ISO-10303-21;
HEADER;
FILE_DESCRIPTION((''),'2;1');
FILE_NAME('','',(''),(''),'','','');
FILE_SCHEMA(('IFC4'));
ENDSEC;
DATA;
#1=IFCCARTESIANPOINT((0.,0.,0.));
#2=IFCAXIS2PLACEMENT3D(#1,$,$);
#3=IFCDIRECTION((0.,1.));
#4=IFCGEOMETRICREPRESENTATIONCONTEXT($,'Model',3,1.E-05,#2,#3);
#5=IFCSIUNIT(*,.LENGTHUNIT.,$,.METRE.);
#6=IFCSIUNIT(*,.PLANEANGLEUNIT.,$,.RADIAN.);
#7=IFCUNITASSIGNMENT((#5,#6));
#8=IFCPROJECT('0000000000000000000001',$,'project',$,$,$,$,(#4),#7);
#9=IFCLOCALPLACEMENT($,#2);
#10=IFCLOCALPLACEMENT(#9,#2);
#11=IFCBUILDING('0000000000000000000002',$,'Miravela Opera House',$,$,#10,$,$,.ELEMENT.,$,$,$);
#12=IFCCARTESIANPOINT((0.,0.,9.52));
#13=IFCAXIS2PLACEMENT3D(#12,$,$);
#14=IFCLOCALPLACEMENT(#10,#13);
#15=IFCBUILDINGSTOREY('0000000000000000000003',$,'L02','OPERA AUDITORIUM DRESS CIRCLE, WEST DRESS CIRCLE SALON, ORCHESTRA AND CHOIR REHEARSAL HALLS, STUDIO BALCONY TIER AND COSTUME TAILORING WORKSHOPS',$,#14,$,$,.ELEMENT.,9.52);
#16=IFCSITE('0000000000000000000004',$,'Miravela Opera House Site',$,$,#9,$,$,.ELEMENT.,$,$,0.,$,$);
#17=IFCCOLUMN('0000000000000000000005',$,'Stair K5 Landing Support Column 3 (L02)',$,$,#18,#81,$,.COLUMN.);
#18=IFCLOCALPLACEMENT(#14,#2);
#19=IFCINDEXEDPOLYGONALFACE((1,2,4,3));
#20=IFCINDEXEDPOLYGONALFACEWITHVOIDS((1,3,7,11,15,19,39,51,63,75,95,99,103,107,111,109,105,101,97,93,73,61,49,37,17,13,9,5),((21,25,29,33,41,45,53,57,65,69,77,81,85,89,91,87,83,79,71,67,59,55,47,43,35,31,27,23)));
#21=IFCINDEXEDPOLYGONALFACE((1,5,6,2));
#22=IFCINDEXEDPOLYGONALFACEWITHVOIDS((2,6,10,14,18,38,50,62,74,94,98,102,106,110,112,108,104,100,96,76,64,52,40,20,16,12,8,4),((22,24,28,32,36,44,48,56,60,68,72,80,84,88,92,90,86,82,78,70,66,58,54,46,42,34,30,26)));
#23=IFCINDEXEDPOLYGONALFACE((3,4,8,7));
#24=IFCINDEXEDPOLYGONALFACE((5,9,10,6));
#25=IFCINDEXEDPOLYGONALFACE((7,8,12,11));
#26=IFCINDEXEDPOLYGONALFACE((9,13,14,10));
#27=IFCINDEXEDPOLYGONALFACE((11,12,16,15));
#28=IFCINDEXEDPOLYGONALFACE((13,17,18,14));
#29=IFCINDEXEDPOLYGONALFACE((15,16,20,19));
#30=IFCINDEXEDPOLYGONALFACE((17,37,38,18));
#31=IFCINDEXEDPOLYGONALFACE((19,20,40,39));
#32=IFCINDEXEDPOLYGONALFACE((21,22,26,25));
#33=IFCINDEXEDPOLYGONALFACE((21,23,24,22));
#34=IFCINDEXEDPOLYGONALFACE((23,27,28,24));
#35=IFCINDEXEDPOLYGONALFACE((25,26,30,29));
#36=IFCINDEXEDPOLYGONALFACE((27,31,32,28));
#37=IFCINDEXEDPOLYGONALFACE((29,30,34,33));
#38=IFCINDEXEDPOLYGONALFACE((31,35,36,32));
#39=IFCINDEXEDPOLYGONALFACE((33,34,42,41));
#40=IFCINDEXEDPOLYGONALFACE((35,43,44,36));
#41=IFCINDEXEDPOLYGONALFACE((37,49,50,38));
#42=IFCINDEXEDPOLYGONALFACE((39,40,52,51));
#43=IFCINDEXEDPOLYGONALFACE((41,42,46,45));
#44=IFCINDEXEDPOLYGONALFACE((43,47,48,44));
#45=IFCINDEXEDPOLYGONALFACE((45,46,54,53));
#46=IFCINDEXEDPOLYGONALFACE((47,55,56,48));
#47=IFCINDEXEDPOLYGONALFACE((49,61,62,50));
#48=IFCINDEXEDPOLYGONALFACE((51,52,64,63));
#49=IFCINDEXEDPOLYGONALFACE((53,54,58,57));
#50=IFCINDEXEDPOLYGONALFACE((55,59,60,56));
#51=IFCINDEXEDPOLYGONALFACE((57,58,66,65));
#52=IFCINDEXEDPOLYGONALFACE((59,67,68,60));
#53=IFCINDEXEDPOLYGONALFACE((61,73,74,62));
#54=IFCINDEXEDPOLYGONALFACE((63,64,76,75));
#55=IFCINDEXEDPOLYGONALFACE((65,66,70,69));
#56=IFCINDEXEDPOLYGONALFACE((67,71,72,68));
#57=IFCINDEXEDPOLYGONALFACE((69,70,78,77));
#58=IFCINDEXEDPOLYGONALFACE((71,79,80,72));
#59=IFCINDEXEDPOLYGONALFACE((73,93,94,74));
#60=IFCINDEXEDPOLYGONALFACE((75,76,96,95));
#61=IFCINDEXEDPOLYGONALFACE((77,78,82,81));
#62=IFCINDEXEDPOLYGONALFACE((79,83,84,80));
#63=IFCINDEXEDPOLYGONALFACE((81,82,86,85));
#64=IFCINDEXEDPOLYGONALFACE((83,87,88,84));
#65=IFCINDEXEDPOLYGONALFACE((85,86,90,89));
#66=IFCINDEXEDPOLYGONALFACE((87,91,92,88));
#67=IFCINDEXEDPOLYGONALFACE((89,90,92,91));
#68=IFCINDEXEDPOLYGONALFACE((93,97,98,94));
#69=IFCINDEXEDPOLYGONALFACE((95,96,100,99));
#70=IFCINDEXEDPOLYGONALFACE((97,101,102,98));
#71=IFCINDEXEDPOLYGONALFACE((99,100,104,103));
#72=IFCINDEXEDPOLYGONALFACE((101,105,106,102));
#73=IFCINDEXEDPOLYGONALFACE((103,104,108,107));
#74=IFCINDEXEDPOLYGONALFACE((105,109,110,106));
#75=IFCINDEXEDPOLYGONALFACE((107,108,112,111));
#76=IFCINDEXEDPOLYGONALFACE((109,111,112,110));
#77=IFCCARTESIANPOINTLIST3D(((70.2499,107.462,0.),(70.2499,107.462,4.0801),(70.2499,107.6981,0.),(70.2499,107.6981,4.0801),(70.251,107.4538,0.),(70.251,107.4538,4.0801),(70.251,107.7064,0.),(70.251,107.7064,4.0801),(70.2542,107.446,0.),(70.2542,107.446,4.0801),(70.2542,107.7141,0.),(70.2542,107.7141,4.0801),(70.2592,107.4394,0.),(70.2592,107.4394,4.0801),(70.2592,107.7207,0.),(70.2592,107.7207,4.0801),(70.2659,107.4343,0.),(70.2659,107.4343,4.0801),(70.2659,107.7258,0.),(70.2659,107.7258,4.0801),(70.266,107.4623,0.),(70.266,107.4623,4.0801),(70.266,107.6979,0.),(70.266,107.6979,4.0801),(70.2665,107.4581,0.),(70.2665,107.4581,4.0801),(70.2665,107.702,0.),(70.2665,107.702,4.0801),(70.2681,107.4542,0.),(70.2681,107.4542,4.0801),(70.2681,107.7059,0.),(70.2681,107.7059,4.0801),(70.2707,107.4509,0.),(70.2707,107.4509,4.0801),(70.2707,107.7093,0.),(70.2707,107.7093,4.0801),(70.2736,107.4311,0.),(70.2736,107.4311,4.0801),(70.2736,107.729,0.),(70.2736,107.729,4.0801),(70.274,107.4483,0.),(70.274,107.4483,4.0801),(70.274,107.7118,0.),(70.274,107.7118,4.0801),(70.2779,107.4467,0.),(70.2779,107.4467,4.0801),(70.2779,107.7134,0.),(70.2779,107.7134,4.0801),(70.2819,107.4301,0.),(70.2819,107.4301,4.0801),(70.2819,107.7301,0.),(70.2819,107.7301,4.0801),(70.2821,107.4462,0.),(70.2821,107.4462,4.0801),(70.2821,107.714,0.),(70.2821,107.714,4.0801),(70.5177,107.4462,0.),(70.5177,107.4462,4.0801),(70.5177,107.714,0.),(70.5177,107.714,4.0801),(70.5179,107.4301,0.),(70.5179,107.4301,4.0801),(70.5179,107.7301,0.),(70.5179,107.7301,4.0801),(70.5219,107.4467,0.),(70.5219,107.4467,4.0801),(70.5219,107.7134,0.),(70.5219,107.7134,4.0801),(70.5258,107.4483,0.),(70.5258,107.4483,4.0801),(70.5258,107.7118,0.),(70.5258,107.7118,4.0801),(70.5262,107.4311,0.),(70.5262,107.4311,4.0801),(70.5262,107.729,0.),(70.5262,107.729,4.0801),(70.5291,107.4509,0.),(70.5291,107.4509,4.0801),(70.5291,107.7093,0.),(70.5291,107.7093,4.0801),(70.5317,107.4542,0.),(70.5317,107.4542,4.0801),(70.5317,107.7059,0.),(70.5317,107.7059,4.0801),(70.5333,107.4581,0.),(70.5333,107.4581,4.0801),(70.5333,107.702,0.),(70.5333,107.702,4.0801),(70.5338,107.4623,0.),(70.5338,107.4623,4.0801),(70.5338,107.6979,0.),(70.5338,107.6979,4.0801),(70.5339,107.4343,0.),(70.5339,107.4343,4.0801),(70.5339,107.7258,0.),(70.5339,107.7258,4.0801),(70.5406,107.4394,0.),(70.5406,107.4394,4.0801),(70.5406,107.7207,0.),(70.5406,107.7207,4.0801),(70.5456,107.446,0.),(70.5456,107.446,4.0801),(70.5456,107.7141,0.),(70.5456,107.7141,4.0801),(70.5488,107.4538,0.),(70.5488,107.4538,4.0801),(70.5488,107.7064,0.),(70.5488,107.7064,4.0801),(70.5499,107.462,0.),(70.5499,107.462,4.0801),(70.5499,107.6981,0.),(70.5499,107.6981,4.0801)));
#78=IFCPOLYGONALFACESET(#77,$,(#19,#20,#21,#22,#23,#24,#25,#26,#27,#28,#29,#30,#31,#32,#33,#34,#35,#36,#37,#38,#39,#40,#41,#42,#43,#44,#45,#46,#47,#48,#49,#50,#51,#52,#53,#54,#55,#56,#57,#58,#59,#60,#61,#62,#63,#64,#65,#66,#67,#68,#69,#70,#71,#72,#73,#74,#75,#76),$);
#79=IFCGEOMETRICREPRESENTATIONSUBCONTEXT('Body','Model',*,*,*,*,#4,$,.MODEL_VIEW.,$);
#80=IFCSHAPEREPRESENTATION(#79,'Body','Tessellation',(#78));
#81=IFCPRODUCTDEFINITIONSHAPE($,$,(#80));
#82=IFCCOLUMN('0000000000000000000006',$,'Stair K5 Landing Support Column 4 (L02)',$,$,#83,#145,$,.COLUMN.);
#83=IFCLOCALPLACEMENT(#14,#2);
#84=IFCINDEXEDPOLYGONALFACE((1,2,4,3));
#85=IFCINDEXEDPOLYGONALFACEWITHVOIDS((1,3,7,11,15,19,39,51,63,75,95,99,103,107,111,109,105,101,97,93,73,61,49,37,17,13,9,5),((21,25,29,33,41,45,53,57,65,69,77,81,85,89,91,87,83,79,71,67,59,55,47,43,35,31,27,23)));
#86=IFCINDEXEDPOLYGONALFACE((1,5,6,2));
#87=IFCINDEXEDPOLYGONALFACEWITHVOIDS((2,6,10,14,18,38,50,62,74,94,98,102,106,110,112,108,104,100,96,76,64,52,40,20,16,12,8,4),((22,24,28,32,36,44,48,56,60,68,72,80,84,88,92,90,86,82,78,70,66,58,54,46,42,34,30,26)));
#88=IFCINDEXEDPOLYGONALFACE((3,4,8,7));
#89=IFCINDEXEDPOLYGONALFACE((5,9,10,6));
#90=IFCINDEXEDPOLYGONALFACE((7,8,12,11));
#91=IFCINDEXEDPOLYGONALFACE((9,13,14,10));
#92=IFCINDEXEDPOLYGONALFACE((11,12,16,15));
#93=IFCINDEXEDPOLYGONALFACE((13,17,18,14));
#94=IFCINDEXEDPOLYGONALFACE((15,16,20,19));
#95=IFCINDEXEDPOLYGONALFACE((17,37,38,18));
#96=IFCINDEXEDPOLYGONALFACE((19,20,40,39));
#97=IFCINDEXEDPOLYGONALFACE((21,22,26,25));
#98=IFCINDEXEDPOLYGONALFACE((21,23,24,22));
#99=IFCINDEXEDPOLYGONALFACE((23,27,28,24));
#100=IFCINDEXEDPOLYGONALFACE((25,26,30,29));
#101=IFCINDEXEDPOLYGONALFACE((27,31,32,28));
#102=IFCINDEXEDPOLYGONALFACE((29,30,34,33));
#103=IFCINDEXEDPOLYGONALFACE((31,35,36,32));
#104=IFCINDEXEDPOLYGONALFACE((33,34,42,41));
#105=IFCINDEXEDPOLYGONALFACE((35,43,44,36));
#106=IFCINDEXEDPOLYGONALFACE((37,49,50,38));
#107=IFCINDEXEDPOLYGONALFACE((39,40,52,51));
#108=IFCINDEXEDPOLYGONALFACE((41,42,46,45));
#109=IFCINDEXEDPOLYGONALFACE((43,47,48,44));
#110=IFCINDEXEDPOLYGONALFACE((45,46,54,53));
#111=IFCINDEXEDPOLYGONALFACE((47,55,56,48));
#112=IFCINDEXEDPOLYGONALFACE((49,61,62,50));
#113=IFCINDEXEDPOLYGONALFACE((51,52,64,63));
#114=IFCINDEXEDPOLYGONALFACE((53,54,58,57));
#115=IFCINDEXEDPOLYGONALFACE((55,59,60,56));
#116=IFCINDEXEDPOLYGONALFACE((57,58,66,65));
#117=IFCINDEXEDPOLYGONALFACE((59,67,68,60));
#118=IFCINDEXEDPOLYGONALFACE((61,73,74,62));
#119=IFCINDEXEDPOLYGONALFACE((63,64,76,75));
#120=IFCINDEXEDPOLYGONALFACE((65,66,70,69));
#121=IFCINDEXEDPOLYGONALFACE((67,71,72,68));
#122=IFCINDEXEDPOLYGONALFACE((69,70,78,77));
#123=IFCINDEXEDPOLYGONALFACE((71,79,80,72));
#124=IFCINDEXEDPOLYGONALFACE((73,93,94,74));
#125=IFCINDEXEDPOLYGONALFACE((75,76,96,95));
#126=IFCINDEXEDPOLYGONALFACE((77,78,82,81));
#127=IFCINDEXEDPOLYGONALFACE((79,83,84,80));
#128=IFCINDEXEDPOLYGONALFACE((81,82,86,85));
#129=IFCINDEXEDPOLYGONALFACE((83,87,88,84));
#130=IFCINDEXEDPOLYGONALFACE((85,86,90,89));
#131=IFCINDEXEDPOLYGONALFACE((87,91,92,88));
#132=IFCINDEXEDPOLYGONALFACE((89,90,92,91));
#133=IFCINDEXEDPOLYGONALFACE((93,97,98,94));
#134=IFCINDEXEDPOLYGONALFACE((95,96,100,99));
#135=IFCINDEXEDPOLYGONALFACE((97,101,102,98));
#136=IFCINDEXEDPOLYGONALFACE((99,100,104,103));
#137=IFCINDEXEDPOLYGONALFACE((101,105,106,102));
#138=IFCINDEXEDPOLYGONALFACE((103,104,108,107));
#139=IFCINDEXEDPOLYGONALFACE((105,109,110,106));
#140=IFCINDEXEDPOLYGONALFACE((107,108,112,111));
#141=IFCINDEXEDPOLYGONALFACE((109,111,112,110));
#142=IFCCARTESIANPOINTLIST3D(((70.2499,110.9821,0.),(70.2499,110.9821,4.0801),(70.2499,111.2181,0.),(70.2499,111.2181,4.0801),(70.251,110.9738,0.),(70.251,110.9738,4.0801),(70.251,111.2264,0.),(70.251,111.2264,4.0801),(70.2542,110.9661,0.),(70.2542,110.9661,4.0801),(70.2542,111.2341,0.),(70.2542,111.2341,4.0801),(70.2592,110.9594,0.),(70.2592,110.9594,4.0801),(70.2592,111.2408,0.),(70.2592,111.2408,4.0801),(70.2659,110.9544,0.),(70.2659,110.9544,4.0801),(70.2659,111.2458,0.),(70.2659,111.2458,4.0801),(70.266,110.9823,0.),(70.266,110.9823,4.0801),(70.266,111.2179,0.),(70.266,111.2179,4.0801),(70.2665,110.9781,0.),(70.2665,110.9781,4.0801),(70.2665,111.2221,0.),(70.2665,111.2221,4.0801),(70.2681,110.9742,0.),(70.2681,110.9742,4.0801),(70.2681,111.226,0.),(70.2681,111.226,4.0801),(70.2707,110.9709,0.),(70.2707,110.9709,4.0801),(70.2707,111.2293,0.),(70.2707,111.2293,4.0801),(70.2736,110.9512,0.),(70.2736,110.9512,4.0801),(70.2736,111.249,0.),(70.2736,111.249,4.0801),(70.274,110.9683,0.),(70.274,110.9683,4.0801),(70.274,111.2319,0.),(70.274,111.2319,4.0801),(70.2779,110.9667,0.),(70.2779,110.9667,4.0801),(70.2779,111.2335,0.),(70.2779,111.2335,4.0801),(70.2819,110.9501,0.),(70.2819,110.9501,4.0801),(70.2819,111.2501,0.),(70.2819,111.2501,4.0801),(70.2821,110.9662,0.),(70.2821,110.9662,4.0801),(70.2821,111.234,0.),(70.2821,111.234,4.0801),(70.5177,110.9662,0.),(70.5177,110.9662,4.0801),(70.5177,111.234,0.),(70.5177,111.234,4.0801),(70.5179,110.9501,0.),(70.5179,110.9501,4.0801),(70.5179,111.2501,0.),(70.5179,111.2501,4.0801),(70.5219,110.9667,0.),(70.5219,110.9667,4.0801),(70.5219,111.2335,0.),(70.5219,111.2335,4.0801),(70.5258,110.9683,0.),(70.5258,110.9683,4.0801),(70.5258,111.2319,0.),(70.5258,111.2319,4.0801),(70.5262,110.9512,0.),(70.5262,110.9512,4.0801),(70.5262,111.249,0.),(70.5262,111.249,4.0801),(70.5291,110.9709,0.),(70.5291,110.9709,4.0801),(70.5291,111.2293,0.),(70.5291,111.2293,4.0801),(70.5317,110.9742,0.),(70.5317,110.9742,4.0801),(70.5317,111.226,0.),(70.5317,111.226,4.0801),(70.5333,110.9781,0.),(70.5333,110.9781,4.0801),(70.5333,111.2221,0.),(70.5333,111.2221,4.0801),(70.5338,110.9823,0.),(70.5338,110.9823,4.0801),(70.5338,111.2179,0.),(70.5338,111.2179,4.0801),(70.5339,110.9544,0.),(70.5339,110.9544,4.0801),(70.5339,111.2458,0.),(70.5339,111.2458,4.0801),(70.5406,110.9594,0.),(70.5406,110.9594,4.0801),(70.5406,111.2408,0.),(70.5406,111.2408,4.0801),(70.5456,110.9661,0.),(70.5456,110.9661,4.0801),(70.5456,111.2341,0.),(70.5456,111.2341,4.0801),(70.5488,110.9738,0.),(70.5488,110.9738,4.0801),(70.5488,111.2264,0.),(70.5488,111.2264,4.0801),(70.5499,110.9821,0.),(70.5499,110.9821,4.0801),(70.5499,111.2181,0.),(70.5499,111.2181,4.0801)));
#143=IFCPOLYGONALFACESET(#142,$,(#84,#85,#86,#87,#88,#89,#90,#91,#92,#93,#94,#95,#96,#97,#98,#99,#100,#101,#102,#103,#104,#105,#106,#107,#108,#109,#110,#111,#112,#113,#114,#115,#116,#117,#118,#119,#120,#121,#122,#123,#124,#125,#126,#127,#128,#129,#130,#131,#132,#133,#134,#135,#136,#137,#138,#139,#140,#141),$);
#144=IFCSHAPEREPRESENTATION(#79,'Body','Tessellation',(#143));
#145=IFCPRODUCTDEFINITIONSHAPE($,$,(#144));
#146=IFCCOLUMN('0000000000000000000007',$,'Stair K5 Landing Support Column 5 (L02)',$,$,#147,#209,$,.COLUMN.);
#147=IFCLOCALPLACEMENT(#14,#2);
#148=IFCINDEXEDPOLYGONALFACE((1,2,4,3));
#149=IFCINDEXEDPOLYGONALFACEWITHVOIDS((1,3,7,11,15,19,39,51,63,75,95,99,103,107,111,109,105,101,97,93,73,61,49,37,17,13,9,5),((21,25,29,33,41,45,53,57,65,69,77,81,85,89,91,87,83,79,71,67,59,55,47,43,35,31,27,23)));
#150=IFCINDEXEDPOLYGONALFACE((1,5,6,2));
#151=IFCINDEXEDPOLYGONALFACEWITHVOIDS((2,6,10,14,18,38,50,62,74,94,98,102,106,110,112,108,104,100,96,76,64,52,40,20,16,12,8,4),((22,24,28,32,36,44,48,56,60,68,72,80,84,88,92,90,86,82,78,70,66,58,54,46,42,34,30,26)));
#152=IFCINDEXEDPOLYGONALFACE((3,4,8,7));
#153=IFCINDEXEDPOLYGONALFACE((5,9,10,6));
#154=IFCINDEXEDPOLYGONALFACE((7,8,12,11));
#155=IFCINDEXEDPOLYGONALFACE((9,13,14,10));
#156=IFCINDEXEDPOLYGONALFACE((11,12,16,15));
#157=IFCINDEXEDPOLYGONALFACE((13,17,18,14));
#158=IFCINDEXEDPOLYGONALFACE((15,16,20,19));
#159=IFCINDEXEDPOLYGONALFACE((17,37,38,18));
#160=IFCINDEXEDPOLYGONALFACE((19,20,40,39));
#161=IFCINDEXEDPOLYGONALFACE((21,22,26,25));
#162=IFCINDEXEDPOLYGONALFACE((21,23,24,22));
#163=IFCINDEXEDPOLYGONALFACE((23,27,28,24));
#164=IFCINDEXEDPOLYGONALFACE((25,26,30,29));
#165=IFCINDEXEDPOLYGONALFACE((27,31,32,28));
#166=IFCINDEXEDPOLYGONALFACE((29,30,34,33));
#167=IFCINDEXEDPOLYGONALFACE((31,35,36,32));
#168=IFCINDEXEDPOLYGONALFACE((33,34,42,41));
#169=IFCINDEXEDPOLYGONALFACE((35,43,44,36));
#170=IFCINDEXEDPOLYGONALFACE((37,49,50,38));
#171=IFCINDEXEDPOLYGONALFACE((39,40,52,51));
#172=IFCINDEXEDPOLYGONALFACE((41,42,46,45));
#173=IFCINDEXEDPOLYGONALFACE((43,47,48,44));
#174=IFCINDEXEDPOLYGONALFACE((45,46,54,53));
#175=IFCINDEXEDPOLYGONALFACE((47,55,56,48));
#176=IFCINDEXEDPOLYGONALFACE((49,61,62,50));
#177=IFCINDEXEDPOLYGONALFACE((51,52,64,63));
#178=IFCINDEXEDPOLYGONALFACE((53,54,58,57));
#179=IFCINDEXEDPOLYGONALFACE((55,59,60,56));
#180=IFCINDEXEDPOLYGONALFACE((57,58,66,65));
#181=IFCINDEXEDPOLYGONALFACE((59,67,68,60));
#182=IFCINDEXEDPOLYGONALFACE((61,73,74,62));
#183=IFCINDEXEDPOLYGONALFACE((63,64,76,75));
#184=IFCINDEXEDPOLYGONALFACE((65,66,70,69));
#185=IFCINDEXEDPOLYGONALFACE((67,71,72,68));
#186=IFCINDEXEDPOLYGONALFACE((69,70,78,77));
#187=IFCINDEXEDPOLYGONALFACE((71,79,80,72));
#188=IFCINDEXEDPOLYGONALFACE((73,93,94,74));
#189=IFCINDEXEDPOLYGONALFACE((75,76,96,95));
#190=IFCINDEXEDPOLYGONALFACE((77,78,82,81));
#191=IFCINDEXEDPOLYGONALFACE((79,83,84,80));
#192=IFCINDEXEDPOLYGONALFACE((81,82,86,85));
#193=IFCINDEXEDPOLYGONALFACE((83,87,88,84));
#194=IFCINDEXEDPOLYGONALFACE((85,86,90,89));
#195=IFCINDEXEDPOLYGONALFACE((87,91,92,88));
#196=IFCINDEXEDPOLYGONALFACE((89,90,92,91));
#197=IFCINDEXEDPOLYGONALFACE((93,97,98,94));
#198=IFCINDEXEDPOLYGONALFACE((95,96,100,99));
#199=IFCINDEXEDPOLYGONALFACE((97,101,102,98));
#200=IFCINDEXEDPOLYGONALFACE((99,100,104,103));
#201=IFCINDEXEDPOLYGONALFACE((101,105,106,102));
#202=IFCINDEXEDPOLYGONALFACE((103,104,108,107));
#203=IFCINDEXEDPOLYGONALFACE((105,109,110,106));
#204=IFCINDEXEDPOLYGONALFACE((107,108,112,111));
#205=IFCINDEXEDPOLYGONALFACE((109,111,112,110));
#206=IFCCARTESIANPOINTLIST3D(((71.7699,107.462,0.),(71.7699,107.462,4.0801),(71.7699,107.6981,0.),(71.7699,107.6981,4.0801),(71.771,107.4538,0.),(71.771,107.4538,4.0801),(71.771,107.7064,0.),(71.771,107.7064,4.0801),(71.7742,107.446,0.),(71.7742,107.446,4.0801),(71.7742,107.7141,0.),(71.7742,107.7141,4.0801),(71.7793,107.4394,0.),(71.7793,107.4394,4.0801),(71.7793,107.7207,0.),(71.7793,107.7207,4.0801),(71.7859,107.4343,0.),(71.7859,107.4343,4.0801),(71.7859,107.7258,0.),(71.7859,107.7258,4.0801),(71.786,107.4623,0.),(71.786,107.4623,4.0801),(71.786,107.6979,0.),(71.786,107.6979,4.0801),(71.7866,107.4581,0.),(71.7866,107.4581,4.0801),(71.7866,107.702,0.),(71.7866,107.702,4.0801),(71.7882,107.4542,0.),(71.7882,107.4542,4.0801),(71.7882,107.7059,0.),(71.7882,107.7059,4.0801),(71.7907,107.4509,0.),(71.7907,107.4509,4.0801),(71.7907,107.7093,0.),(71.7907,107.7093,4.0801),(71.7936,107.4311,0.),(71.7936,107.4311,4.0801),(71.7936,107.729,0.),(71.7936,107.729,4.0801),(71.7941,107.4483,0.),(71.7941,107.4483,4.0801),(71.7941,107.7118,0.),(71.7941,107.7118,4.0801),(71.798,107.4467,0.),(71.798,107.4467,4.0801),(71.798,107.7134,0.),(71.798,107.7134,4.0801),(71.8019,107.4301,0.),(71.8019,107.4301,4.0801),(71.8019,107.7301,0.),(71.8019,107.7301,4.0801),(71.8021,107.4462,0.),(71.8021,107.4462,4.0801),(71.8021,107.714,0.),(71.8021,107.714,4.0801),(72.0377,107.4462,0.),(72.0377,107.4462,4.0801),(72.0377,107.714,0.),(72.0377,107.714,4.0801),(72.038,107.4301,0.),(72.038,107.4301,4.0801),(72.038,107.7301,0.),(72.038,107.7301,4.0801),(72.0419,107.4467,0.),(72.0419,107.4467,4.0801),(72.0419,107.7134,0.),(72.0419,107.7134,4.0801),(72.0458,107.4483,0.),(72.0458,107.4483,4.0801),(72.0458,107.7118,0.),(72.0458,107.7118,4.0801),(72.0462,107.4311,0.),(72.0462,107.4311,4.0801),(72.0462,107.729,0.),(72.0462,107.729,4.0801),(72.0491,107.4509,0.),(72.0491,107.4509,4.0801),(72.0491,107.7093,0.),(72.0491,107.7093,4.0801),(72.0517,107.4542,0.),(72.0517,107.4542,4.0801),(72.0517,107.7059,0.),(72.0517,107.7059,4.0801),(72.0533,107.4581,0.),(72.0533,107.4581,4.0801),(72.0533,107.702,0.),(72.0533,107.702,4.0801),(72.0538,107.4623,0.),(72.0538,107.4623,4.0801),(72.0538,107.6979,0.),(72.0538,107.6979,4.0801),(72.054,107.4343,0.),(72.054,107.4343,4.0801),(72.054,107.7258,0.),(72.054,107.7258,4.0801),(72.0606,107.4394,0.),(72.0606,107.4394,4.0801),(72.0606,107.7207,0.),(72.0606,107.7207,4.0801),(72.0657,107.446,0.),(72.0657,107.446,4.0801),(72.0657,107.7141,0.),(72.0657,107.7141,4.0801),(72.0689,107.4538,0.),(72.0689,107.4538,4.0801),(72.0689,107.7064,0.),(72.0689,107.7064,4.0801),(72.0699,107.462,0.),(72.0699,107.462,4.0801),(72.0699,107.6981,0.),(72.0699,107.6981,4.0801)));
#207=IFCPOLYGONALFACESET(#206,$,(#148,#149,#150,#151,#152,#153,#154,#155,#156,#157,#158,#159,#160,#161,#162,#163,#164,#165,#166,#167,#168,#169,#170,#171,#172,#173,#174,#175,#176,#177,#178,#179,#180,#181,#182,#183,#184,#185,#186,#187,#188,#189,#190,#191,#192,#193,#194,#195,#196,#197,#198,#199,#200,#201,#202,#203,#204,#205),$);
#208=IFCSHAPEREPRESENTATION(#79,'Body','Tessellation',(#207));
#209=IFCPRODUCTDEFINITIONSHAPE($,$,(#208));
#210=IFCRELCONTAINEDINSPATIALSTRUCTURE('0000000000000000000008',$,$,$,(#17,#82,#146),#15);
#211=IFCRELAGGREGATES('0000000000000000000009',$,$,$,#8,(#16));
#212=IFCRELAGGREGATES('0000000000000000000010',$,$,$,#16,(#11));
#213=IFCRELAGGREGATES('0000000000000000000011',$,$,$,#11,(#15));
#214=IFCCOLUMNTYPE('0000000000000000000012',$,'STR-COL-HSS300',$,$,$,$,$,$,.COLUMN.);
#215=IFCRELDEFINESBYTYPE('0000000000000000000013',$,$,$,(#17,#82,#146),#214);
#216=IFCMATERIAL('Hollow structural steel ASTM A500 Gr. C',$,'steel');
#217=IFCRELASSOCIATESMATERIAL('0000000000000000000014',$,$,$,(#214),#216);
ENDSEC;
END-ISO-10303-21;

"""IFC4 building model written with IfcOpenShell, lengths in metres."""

from ifc_helpers import new_model, si_unit, direction, frame, origin, origin_2d, place, context, subcontext, project, spatial, hollow_rectangle, extrude, material, material_profile, profile_set, type_object, element, save


model = new_model("IFC4")

# Units and contexts
model_context = context("Model", 3, precision=1e-05, world=origin(), true_north=direction((0.0, 1.0)))
body_context = subcontext(model_context, "Body", "Model", "MODEL_VIEW")
ifc_project = project(units=[si_unit("LENGTHUNIT", "METRE"), si_unit("PLANEANGLEUNIT", "RADIAN")], contexts=[model_context])

# Site, building, storey
site_placement = place(None, origin())
site = spatial("IfcSite", under=ifc_project, at=site_placement, Name="Miravela Opera House Site", CompositionType="ELEMENT", RefElevation=0.0)
building_placement = place(site_placement, origin())
building = spatial("IfcBuilding", under=site, at=building_placement, Name="Miravela Opera House", CompositionType="ELEMENT")
storey_placement = place(building_placement, frame((0.0, 0.0, 9.52)))
storey = spatial("IfcBuildingStorey", under=building, at=storey_placement, Name="L02", Description="OPERA AUDITORIUM DRESS CIRCLE, WEST DRESS CIRCLE SALON, ORCHESTRA AND CHOIR REHEARSAL HALLS, STUDIO BALCONY TIER AND COSTUME TAILORING WORKSHOPS", CompositionType="ELEMENT", Elevation=9.52)

# Columns
ifc_material_1 = material(Name="Hollow structural steel ASTM A500 Gr. C", Category="steel")
ifc_material_profile_1 = material_profile(ifc_material_1, hollow_rectangle(XDim=0.3, YDim=0.3, WallThickness=0.0161, InnerFilletRadius=0.0161, OuterFilletRadius=0.032, at=origin_2d()), Name="HSS300X300X16")
ifc_profile_set_1 = profile_set([ifc_material_profile_1])
column_type_1 = type_object("IfcColumnType", Name="STR-COL-HSS300", PredefinedType="COLUMN", material=ifc_profile_set_1)
for number, where, z_axis, x_axis, name in (
    (1, (70.3999, 107.5801, 0.0), (0.0, 0.0, 1.0), (1.0, 0.0, 0.0), "Stair K5 Landing Support Column 3 (L02)"),
    (2, (70.3999, 111.1001, 0.0), (0.0, 0.0, 1.0), (1.0, 0.0, 0.0), "Stair K5 Landing Support Column 4 (L02)"),
    (3, (71.9199, 107.5801, 0.0), (0.0, 0.0, 1.0), (1.0, 0.0, 0.0), "Stair K5 Landing Support Column 5 (L02)"),
):
    element("IfcColumn", number, at=place(storey_placement, frame(where, z_axis=z_axis, x_axis=x_axis)), inside=storey, type_object=column_type_1, Name=name, PredefinedType="COLUMN", context=body_context, shape_type="SweptSolid", body=[
        extrude(hollow_rectangle(XDim=0.3, YDim=0.3, WallThickness=0.0161, InnerFilletRadius=0.0161, OuterFilletRadius=0.032, at=origin_2d()), origin(), (0.0, 0.0, 1.0), 4.0801),
    ])

save(model, "model.ifc")
